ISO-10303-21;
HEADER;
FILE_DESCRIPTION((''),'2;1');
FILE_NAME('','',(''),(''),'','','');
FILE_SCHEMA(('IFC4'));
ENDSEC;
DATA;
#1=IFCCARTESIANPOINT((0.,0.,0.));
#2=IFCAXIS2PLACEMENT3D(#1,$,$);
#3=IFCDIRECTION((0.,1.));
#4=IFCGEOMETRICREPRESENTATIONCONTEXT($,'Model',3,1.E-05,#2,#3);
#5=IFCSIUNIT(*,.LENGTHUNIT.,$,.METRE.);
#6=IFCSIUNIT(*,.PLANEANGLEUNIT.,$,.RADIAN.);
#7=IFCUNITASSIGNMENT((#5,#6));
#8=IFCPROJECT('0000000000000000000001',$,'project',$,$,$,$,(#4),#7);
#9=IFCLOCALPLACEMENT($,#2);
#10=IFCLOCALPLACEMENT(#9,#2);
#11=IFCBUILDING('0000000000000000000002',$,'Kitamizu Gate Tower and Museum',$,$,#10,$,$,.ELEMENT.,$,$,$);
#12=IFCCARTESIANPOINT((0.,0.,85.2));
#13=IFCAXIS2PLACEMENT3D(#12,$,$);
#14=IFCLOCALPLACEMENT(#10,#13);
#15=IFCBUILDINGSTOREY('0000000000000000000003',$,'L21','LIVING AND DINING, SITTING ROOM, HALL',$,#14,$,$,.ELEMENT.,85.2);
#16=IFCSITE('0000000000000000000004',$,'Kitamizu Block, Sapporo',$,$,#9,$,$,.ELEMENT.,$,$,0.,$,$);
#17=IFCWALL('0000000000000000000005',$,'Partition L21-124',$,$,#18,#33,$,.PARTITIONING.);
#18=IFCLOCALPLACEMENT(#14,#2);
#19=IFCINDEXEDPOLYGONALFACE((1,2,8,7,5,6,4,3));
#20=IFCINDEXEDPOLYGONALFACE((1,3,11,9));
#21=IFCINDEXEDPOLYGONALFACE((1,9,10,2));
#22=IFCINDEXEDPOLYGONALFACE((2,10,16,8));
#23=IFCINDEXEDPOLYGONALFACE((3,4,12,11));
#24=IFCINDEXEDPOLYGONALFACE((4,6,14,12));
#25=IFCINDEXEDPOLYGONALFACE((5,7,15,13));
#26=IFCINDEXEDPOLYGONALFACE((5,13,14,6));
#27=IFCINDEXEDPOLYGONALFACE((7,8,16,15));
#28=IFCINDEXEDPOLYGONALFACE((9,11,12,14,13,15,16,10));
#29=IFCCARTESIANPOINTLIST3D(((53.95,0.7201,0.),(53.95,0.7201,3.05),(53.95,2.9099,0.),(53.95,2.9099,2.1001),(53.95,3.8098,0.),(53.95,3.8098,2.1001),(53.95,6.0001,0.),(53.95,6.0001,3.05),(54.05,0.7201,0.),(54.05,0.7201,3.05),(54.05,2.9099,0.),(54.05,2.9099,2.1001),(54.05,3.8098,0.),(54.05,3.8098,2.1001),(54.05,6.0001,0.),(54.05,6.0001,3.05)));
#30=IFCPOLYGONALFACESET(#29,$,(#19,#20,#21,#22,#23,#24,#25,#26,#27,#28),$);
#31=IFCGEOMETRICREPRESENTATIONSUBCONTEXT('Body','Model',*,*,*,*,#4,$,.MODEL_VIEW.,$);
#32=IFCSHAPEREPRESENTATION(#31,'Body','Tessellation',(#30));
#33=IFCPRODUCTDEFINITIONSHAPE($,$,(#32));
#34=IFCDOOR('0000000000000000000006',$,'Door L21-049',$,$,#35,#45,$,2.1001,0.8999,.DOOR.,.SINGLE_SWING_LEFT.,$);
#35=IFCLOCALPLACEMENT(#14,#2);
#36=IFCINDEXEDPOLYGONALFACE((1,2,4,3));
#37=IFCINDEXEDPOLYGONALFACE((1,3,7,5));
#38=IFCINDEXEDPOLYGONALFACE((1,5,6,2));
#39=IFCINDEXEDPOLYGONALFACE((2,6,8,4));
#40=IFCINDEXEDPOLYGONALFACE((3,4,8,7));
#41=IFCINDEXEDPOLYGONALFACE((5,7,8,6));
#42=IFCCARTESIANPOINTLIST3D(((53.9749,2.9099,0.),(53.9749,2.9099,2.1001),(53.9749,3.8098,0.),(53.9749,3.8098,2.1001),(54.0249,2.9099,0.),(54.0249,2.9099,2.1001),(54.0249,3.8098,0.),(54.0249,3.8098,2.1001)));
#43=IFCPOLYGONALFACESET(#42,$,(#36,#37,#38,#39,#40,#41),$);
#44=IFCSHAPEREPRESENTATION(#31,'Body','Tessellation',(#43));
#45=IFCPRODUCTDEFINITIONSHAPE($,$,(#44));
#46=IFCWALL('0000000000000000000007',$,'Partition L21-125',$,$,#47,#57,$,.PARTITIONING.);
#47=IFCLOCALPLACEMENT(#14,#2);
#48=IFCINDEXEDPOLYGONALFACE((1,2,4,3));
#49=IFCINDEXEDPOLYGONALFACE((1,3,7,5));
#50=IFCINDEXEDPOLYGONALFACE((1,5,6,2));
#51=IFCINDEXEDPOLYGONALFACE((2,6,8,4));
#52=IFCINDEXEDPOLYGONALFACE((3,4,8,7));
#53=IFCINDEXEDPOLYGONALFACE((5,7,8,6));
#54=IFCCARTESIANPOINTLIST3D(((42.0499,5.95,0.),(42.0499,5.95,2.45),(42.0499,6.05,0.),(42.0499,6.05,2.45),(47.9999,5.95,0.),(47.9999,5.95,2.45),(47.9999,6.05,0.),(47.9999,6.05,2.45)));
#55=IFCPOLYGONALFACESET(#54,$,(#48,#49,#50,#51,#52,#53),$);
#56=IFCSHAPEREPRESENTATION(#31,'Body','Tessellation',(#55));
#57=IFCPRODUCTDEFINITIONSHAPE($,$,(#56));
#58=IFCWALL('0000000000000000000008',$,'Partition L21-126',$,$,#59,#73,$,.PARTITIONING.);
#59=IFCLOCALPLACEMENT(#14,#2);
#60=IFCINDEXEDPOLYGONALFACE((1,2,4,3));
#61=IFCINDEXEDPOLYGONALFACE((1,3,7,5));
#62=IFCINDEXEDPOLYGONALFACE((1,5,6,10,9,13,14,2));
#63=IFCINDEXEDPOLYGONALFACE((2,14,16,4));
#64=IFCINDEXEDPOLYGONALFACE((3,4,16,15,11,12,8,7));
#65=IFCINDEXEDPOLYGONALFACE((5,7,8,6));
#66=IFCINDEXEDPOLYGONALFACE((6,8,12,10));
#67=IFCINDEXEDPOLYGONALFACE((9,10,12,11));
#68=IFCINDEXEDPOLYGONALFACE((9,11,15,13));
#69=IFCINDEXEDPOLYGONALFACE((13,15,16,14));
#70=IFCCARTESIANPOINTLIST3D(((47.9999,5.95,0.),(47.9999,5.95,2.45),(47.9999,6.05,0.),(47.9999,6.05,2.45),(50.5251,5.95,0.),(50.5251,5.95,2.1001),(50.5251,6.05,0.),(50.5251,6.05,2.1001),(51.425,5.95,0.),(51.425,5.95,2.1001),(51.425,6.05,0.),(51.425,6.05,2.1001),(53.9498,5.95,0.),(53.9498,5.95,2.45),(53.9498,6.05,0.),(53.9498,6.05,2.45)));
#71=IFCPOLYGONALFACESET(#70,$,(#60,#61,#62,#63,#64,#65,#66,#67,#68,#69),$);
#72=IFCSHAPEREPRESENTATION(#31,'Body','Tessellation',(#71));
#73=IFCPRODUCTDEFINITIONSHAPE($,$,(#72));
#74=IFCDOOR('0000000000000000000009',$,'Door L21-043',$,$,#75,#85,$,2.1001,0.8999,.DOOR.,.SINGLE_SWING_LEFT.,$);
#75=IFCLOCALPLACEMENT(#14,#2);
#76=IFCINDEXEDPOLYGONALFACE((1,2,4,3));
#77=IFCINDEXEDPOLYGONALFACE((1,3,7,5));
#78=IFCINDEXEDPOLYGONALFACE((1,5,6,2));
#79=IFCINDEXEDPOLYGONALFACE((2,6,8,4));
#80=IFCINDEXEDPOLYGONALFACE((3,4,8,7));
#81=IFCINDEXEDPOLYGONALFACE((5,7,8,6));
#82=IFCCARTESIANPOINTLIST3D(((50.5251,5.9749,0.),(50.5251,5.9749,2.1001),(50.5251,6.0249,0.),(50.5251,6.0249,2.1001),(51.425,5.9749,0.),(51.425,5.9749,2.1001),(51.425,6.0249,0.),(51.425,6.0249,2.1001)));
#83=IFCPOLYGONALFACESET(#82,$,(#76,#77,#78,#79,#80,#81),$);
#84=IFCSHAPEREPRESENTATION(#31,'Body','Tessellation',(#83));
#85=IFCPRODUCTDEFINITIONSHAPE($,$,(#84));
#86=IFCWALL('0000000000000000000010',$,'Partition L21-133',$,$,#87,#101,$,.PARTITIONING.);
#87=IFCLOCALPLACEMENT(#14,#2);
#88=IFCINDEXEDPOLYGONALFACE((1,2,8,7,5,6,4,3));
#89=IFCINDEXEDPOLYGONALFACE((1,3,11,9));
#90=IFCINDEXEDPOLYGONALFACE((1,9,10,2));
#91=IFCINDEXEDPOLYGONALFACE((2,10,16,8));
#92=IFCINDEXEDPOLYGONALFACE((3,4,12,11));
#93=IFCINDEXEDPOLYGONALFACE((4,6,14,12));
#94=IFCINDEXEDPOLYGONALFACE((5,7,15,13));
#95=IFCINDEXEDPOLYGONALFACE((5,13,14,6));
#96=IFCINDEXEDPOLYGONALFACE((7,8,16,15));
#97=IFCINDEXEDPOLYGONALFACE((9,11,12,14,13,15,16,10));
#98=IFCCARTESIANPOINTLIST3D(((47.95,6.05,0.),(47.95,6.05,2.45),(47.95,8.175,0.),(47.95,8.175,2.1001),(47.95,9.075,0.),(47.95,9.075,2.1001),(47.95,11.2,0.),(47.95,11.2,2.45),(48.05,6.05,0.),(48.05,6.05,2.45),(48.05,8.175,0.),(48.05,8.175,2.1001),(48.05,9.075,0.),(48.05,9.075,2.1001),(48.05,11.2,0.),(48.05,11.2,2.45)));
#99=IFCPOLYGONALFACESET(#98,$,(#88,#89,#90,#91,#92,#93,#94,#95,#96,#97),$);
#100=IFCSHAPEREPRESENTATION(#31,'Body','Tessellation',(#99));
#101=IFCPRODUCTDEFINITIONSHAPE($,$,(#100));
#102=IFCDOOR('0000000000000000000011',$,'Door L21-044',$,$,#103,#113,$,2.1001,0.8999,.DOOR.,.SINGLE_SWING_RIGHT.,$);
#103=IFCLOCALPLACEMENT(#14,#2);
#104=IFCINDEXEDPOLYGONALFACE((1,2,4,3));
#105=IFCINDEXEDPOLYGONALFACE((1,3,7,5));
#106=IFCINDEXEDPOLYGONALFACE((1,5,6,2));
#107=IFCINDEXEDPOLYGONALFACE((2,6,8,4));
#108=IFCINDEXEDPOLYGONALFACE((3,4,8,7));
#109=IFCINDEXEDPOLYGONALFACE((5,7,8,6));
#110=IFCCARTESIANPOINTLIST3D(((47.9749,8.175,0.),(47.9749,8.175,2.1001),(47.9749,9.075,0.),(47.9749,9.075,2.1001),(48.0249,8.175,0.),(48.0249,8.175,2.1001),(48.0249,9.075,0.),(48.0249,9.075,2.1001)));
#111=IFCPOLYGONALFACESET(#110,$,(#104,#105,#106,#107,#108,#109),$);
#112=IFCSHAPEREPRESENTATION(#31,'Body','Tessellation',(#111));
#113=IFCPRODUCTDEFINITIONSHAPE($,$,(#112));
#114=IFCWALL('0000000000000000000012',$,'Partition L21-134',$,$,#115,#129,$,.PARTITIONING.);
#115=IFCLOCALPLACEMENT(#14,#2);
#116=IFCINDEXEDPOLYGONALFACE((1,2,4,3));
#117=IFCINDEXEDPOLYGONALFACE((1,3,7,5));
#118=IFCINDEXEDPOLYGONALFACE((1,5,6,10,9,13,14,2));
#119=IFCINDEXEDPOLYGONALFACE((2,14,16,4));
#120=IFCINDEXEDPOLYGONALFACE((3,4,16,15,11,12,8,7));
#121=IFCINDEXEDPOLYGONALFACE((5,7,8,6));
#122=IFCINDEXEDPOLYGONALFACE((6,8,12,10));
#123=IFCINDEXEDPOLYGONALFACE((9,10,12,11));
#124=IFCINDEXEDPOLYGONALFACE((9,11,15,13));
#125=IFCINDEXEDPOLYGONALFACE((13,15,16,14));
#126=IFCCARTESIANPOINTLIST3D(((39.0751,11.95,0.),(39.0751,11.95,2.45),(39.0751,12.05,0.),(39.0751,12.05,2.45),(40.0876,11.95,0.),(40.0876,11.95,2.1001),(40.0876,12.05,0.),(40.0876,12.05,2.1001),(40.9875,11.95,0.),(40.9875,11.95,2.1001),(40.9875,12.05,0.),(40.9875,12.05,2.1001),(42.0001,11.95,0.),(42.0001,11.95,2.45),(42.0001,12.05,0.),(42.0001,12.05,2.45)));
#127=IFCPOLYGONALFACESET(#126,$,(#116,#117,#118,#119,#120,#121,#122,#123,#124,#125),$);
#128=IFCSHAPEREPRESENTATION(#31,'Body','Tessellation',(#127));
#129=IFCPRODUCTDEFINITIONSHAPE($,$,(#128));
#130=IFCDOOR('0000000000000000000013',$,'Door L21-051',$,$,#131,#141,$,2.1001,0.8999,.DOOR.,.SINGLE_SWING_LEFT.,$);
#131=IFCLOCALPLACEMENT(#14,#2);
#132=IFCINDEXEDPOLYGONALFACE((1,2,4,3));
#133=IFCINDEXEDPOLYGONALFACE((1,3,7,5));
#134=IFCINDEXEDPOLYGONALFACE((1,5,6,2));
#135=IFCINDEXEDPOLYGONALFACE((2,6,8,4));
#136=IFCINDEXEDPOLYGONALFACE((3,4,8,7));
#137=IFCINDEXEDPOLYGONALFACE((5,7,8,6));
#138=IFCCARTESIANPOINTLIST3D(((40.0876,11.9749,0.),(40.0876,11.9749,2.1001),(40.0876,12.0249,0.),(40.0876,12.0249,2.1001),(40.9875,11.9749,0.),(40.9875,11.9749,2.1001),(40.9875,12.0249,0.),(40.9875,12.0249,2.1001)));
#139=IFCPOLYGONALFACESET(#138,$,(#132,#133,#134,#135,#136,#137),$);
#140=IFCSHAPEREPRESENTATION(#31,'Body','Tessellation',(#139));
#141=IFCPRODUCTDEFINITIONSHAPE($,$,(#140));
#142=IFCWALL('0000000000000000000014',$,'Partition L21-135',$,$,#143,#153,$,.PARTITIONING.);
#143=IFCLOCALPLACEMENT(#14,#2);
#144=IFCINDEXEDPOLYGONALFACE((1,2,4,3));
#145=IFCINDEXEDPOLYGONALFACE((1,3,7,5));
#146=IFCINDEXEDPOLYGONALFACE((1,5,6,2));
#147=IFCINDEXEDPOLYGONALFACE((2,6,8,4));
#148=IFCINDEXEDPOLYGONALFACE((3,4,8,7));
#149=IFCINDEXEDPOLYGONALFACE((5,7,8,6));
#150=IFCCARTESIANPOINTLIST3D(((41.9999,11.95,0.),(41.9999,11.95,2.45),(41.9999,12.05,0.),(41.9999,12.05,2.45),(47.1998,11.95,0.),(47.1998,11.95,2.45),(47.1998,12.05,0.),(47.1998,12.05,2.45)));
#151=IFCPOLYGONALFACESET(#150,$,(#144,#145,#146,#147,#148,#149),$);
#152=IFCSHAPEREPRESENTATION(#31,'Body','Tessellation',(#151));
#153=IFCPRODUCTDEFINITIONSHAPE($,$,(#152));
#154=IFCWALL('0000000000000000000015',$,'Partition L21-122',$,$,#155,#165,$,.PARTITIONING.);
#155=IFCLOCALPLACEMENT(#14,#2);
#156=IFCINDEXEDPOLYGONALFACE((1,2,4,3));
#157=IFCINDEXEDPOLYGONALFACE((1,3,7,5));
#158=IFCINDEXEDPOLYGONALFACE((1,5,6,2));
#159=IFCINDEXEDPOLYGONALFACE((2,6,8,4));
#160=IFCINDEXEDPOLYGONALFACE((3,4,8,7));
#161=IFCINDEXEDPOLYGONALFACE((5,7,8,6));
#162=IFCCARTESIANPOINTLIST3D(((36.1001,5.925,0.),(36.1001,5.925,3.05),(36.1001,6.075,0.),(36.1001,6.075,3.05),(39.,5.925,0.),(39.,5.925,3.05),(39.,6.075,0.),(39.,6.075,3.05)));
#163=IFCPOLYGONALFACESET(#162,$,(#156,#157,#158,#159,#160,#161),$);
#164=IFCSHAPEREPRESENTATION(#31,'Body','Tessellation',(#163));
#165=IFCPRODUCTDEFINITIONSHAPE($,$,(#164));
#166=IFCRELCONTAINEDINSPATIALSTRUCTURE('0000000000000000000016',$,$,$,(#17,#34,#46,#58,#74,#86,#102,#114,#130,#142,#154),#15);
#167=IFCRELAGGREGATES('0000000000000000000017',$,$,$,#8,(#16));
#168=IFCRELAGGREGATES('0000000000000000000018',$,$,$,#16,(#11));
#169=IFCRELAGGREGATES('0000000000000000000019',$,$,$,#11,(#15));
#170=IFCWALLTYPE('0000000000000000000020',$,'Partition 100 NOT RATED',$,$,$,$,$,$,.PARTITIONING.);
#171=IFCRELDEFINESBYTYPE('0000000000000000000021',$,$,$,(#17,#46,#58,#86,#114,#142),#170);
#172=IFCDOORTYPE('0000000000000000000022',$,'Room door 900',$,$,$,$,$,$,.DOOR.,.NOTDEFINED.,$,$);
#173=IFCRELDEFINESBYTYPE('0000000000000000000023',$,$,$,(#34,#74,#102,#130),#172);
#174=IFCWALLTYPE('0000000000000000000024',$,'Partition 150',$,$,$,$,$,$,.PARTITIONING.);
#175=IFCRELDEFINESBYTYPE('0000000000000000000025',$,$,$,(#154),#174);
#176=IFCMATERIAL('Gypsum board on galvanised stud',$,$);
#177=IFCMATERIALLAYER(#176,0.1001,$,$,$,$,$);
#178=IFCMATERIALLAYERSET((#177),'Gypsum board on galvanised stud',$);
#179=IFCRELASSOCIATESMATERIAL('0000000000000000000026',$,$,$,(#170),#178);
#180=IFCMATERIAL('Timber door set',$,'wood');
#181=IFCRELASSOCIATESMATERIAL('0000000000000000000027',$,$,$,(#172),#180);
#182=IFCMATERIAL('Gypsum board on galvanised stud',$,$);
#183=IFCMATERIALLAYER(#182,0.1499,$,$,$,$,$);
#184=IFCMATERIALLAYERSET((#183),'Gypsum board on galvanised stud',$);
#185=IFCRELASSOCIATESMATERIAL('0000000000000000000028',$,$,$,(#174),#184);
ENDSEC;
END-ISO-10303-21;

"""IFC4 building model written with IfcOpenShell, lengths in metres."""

from ifc_helpers import new_model, si_unit, direction, frame, frame_2d, origin, place, context, subcontext, project, spatial, rectangle, extrude, material, layer, layer_set, type_object, element, fill, save


model = new_model("IFC4")

# Units and contexts
model_context = context("Model", 3, precision=1e-05, world=origin(), true_north=direction((0.0, 1.0)))
body_context = subcontext(model_context, "Body", "Model", "MODEL_VIEW")
ifc_project = project(units=[si_unit("LENGTHUNIT", "METRE"), si_unit("PLANEANGLEUNIT", "RADIAN")], contexts=[model_context])

# Site, building, storey
site_placement = place(None, origin())
site = spatial("IfcSite", under=ifc_project, at=site_placement, Name="Kitamizu Block, Sapporo", CompositionType="ELEMENT", RefElevation=0.0)
building_placement = place(site_placement, origin())
building = spatial("IfcBuilding", under=site, at=building_placement, Name="Kitamizu Gate Tower and Museum", CompositionType="ELEMENT")
storey_placement = place(building_placement, frame((0.0, 0.0, 85.2)))
storey = spatial("IfcBuildingStorey", under=building, at=storey_placement, Name="L21", Description="LIVING AND DINING, SITTING ROOM, HALL", CompositionType="ELEMENT", Elevation=85.2)

# Shared definitions
ifc_material_1 = material(Name="Gypsum board on galvanised stud")
ifc_layer_1 = layer(ifc_material_1, 0.1001)
ifc_layer_set_1 = layer_set([ifc_layer_1], Name="Gypsum board on galvanised stud")
wall_type_1 = type_object("IfcWallType", Name="Partition 100 NOT RATED", PredefinedType="PARTITIONING", material=ifc_layer_set_1)
ifc_material_2 = material(Name="Timber door set", Category="wood")
door_type_1 = type_object("IfcDoorType", Name="Room door 900", OperationType="NOTDEFINED", PredefinedType="DOOR", material=ifc_material_2)

# Wall, opening, door
wall_1_placement = place(storey_placement, frame((54.0, 0.72, 0.0), z_axis=(0.0, 0.0, 1.0), x_axis=(0.0, 1.0, 0.0)))
wall_1 = element("IfcWall", 1, at=wall_1_placement, inside=storey, type_object=wall_type_1, Name="Partition L21-124", PredefinedType="PARTITIONING", context=body_context, shape_type="SweptSolid", body=[
    extrude(rectangle(XDim=5.28, YDim=0.1001, at=frame_2d((2.6401, 0.0))), origin(), (0.0, 0.0, 1.0), 3.05),
])
opening_1_placement = place(wall_1_placement, frame((2.1899, 0.0, 0.0)))
opening_1 = element("IfcOpeningElement", 2, at=opening_1_placement, cuts=wall_1, PredefinedType="OPENING", context=body_context, shape_type="SweptSolid", body=[
    extrude(rectangle(XDim=0.8999, YDim=2.1001, at=frame_2d((0.45, 1.05))), frame((0.0, 0.0601, 0.0), z_axis=(0.0, -1.0, 0.0), x_axis=(1.0, 0.0, 0.0)), (0.0, 0.0, 1.0), 0.1201),
])
door_1_placement = place(opening_1_placement, frame((0.8999, 0.0, 0.0), x_axis=(-1.0, 0.0, 0.0)))
door_1 = element("IfcDoor", 3, at=door_1_placement, inside=storey, type_object=door_type_1, Name="Door L21-049", OperationType="SINGLE_SWING_LEFT", OverallHeight=2.1001, OverallWidth=0.8999, PredefinedType="DOOR", context=body_context, shape_type="SweptSolid", body=[
    extrude(rectangle(XDim=0.8999, YDim=2.1001, at=frame_2d((0.45, 1.05))), frame((0.0, 0.0249, 0.0), z_axis=(0.0, -1.0, 0.0), x_axis=(1.0, 0.0, 0.0)), (0.0, 0.0, 1.0), 0.05),
])
fill(opening_1, door_1)

# Wall
wall_2_placement = place(storey_placement, frame((48.0, 6.0, 0.0), z_axis=(0.0, 0.0, 1.0), x_axis=(-1.0, 0.0, 0.0)))
element("IfcWall", 4, at=wall_2_placement, inside=storey, type_object=wall_type_1, Name="Partition L21-125", PredefinedType="PARTITIONING", context=body_context, shape_type="SweptSolid", body=[
    extrude(rectangle(XDim=5.95, YDim=0.1001, at=frame_2d((2.9751, 0.0))), origin(), (0.0, 0.0, 1.0), 2.45),
])

# Walls, openings, doors
wall_3_placement = place(storey_placement, frame((53.95, 6.0, 0.0), z_axis=(0.0, 0.0, 1.0), x_axis=(-1.0, 0.0, 0.0)))
wall_3 = element("IfcWall", 5, at=wall_3_placement, inside=storey, type_object=wall_type_1, Name="Partition L21-126", PredefinedType="PARTITIONING", context=body_context, shape_type="SweptSolid", body=[
    extrude(rectangle(XDim=5.95, YDim=0.1001, at=frame_2d((2.9751, 0.0))), origin(), (0.0, 0.0, 1.0), 2.45),
])
opening_2_placement = place(wall_3_placement, frame((2.5249, 0.0, 0.0)))
opening_2 = element("IfcOpeningElement", 6, at=opening_2_placement, cuts=wall_3, PredefinedType="OPENING", context=body_context, shape_type="SweptSolid", body=[
    extrude(rectangle(XDim=0.8999, YDim=2.1001, at=frame_2d((0.45, 1.05))), frame((0.0, 0.0601, 0.0), z_axis=(0.0, -1.0, 0.0), x_axis=(1.0, 0.0, 0.0)), (0.0, 0.0, 1.0), 0.1201),
])
door_2_placement = place(opening_2_placement, frame((0.8999, 0.0, 0.0), x_axis=(-1.0, 0.0, 0.0)))
door_2 = element("IfcDoor", 7, at=door_2_placement, inside=storey, type_object=door_type_1, Name="Door L21-043", OperationType="SINGLE_SWING_LEFT", OverallHeight=2.1001, OverallWidth=0.8999, PredefinedType="DOOR", context=body_context, shape_type="SweptSolid", body=[
    extrude(rectangle(XDim=0.8999, YDim=2.1001, at=frame_2d((0.45, 1.05))), frame((0.0, 0.0249, 0.0), z_axis=(0.0, -1.0, 0.0), x_axis=(1.0, 0.0, 0.0)), (0.0, 0.0, 1.0), 0.05),
])
fill(opening_2, door_2)
wall_4_placement = place(storey_placement, frame((48.0, 6.05, 0.0), z_axis=(0.0, 0.0, 1.0), x_axis=(0.0, 1.0, 0.0)))
wall_4 = element("IfcWall", 8, at=wall_4_placement, inside=storey, type_object=wall_type_1, Name="Partition L21-133", PredefinedType="PARTITIONING", context=body_context, shape_type="SweptSolid", body=[
    extrude(rectangle(XDim=5.1499, YDim=0.1001, at=frame_2d((2.575, 0.0))), origin(), (0.0, 0.0, 1.0), 2.45),
])
opening_3_placement = place(wall_4_placement, frame((2.125, 0.0, 0.0)))
opening_3 = element("IfcOpeningElement", 9, at=opening_3_placement, cuts=wall_4, PredefinedType="OPENING", context=body_context, shape_type="SweptSolid", body=[
    extrude(rectangle(XDim=0.8999, YDim=2.1001, at=frame_2d((0.45, 1.05))), frame((0.0, 0.0601, 0.0), z_axis=(0.0, -1.0, 0.0), x_axis=(1.0, 0.0, 0.0)), (0.0, 0.0, 1.0), 0.1201),
])
door_3_placement = place(opening_3_placement, frame((0.8999, 0.0, 0.0), x_axis=(-1.0, 0.0, 0.0)))
door_3 = element("IfcDoor", 10, at=door_3_placement, inside=storey, type_object=door_type_1, Name="Door L21-044", OperationType="SINGLE_SWING_RIGHT", OverallHeight=2.1001, OverallWidth=0.8999, PredefinedType="DOOR", context=body_context, shape_type="SweptSolid", body=[
    extrude(rectangle(XDim=0.8999, YDim=2.1001, at=frame_2d((0.45, 1.05))), frame((0.0, 0.0249, 0.0), z_axis=(0.0, -1.0, 0.0), x_axis=(1.0, 0.0, 0.0)), (0.0, 0.0, 1.0), 0.05),
])
fill(opening_3, door_3)
wall_5_placement = place(storey_placement, frame((42.0, 12.0, 0.0), z_axis=(0.0, 0.0, 1.0), x_axis=(-1.0, 0.0, 0.0)))
wall_5 = element("IfcWall", 11, at=wall_5_placement, inside=storey, type_object=wall_type_1, Name="Partition L21-134", PredefinedType="PARTITIONING", context=body_context, shape_type="SweptSolid", body=[
    extrude(rectangle(XDim=2.925, YDim=0.1001, at=frame_2d((1.4624, 0.0))), origin(), (0.0, 0.0, 1.0), 2.45),
])
opening_4_placement = place(wall_5_placement, frame((1.0125, 0.0, 0.0)))
opening_4 = element("IfcOpeningElement", 12, at=opening_4_placement, cuts=wall_5, PredefinedType="OPENING", context=body_context, shape_type="SweptSolid", body=[
    extrude(rectangle(XDim=0.8999, YDim=2.1001, at=frame_2d((0.45, 1.05))), frame((0.0, 0.0601, 0.0), z_axis=(0.0, -1.0, 0.0), x_axis=(1.0, 0.0, 0.0)), (0.0, 0.0, 1.0), 0.1201),
])
door_4_placement = place(opening_4_placement, frame((0.8999, 0.0, 0.0), x_axis=(-1.0, 0.0, 0.0)))
door_4 = element("IfcDoor", 13, at=door_4_placement, inside=storey, type_object=door_type_1, Name="Door L21-051", OperationType="SINGLE_SWING_LEFT", OverallHeight=2.1001, OverallWidth=0.8999, PredefinedType="DOOR", context=body_context, shape_type="SweptSolid", body=[
    extrude(rectangle(XDim=0.8999, YDim=2.1001, at=frame_2d((0.45, 1.05))), frame((0.0, 0.0249, 0.0), z_axis=(0.0, -1.0, 0.0), x_axis=(1.0, 0.0, 0.0)), (0.0, 0.0, 1.0), 0.05),
])
fill(opening_4, door_4)

# Walls
wall_6_placement = place(storey_placement, frame((47.2, 12.0, 0.0), z_axis=(0.0, 0.0, 1.0), x_axis=(-1.0, 0.0, 0.0)))
element("IfcWall", 14, at=wall_6_placement, inside=storey, type_object=wall_type_1, Name="Partition L21-135", PredefinedType="PARTITIONING", context=body_context, shape_type="SweptSolid", body=[
    extrude(rectangle(XDim=5.2, YDim=0.1001, at=frame_2d((2.6001, 0.0))), origin(), (0.0, 0.0, 1.0), 2.45),
])
ifc_material_3 = material(Name="Gypsum board on galvanised stud")
ifc_layer_2 = layer(ifc_material_3, 0.1499)
ifc_layer_set_2 = layer_set([ifc_layer_2], Name="Gypsum board on galvanised stud")
wall_type_2 = type_object("IfcWallType", Name="Partition 150", PredefinedType="PARTITIONING", material=ifc_layer_set_2)
wall_7_placement = place(storey_placement, frame((39.0, 6.0, 0.0), z_axis=(0.0, 0.0, 1.0), x_axis=(-1.0, 0.0, 0.0)))
element("IfcWall", 15, at=wall_7_placement, inside=storey, type_object=wall_type_2, Name="Partition L21-122", PredefinedType="PARTITIONING", context=body_context, shape_type="SweptSolid", body=[
    extrude(rectangle(XDim=2.8999, YDim=0.1499, at=frame_2d((1.45, 0.0))), origin(), (0.0, 0.0, 1.0), 3.05),
])

save(model, "model.ifc")
